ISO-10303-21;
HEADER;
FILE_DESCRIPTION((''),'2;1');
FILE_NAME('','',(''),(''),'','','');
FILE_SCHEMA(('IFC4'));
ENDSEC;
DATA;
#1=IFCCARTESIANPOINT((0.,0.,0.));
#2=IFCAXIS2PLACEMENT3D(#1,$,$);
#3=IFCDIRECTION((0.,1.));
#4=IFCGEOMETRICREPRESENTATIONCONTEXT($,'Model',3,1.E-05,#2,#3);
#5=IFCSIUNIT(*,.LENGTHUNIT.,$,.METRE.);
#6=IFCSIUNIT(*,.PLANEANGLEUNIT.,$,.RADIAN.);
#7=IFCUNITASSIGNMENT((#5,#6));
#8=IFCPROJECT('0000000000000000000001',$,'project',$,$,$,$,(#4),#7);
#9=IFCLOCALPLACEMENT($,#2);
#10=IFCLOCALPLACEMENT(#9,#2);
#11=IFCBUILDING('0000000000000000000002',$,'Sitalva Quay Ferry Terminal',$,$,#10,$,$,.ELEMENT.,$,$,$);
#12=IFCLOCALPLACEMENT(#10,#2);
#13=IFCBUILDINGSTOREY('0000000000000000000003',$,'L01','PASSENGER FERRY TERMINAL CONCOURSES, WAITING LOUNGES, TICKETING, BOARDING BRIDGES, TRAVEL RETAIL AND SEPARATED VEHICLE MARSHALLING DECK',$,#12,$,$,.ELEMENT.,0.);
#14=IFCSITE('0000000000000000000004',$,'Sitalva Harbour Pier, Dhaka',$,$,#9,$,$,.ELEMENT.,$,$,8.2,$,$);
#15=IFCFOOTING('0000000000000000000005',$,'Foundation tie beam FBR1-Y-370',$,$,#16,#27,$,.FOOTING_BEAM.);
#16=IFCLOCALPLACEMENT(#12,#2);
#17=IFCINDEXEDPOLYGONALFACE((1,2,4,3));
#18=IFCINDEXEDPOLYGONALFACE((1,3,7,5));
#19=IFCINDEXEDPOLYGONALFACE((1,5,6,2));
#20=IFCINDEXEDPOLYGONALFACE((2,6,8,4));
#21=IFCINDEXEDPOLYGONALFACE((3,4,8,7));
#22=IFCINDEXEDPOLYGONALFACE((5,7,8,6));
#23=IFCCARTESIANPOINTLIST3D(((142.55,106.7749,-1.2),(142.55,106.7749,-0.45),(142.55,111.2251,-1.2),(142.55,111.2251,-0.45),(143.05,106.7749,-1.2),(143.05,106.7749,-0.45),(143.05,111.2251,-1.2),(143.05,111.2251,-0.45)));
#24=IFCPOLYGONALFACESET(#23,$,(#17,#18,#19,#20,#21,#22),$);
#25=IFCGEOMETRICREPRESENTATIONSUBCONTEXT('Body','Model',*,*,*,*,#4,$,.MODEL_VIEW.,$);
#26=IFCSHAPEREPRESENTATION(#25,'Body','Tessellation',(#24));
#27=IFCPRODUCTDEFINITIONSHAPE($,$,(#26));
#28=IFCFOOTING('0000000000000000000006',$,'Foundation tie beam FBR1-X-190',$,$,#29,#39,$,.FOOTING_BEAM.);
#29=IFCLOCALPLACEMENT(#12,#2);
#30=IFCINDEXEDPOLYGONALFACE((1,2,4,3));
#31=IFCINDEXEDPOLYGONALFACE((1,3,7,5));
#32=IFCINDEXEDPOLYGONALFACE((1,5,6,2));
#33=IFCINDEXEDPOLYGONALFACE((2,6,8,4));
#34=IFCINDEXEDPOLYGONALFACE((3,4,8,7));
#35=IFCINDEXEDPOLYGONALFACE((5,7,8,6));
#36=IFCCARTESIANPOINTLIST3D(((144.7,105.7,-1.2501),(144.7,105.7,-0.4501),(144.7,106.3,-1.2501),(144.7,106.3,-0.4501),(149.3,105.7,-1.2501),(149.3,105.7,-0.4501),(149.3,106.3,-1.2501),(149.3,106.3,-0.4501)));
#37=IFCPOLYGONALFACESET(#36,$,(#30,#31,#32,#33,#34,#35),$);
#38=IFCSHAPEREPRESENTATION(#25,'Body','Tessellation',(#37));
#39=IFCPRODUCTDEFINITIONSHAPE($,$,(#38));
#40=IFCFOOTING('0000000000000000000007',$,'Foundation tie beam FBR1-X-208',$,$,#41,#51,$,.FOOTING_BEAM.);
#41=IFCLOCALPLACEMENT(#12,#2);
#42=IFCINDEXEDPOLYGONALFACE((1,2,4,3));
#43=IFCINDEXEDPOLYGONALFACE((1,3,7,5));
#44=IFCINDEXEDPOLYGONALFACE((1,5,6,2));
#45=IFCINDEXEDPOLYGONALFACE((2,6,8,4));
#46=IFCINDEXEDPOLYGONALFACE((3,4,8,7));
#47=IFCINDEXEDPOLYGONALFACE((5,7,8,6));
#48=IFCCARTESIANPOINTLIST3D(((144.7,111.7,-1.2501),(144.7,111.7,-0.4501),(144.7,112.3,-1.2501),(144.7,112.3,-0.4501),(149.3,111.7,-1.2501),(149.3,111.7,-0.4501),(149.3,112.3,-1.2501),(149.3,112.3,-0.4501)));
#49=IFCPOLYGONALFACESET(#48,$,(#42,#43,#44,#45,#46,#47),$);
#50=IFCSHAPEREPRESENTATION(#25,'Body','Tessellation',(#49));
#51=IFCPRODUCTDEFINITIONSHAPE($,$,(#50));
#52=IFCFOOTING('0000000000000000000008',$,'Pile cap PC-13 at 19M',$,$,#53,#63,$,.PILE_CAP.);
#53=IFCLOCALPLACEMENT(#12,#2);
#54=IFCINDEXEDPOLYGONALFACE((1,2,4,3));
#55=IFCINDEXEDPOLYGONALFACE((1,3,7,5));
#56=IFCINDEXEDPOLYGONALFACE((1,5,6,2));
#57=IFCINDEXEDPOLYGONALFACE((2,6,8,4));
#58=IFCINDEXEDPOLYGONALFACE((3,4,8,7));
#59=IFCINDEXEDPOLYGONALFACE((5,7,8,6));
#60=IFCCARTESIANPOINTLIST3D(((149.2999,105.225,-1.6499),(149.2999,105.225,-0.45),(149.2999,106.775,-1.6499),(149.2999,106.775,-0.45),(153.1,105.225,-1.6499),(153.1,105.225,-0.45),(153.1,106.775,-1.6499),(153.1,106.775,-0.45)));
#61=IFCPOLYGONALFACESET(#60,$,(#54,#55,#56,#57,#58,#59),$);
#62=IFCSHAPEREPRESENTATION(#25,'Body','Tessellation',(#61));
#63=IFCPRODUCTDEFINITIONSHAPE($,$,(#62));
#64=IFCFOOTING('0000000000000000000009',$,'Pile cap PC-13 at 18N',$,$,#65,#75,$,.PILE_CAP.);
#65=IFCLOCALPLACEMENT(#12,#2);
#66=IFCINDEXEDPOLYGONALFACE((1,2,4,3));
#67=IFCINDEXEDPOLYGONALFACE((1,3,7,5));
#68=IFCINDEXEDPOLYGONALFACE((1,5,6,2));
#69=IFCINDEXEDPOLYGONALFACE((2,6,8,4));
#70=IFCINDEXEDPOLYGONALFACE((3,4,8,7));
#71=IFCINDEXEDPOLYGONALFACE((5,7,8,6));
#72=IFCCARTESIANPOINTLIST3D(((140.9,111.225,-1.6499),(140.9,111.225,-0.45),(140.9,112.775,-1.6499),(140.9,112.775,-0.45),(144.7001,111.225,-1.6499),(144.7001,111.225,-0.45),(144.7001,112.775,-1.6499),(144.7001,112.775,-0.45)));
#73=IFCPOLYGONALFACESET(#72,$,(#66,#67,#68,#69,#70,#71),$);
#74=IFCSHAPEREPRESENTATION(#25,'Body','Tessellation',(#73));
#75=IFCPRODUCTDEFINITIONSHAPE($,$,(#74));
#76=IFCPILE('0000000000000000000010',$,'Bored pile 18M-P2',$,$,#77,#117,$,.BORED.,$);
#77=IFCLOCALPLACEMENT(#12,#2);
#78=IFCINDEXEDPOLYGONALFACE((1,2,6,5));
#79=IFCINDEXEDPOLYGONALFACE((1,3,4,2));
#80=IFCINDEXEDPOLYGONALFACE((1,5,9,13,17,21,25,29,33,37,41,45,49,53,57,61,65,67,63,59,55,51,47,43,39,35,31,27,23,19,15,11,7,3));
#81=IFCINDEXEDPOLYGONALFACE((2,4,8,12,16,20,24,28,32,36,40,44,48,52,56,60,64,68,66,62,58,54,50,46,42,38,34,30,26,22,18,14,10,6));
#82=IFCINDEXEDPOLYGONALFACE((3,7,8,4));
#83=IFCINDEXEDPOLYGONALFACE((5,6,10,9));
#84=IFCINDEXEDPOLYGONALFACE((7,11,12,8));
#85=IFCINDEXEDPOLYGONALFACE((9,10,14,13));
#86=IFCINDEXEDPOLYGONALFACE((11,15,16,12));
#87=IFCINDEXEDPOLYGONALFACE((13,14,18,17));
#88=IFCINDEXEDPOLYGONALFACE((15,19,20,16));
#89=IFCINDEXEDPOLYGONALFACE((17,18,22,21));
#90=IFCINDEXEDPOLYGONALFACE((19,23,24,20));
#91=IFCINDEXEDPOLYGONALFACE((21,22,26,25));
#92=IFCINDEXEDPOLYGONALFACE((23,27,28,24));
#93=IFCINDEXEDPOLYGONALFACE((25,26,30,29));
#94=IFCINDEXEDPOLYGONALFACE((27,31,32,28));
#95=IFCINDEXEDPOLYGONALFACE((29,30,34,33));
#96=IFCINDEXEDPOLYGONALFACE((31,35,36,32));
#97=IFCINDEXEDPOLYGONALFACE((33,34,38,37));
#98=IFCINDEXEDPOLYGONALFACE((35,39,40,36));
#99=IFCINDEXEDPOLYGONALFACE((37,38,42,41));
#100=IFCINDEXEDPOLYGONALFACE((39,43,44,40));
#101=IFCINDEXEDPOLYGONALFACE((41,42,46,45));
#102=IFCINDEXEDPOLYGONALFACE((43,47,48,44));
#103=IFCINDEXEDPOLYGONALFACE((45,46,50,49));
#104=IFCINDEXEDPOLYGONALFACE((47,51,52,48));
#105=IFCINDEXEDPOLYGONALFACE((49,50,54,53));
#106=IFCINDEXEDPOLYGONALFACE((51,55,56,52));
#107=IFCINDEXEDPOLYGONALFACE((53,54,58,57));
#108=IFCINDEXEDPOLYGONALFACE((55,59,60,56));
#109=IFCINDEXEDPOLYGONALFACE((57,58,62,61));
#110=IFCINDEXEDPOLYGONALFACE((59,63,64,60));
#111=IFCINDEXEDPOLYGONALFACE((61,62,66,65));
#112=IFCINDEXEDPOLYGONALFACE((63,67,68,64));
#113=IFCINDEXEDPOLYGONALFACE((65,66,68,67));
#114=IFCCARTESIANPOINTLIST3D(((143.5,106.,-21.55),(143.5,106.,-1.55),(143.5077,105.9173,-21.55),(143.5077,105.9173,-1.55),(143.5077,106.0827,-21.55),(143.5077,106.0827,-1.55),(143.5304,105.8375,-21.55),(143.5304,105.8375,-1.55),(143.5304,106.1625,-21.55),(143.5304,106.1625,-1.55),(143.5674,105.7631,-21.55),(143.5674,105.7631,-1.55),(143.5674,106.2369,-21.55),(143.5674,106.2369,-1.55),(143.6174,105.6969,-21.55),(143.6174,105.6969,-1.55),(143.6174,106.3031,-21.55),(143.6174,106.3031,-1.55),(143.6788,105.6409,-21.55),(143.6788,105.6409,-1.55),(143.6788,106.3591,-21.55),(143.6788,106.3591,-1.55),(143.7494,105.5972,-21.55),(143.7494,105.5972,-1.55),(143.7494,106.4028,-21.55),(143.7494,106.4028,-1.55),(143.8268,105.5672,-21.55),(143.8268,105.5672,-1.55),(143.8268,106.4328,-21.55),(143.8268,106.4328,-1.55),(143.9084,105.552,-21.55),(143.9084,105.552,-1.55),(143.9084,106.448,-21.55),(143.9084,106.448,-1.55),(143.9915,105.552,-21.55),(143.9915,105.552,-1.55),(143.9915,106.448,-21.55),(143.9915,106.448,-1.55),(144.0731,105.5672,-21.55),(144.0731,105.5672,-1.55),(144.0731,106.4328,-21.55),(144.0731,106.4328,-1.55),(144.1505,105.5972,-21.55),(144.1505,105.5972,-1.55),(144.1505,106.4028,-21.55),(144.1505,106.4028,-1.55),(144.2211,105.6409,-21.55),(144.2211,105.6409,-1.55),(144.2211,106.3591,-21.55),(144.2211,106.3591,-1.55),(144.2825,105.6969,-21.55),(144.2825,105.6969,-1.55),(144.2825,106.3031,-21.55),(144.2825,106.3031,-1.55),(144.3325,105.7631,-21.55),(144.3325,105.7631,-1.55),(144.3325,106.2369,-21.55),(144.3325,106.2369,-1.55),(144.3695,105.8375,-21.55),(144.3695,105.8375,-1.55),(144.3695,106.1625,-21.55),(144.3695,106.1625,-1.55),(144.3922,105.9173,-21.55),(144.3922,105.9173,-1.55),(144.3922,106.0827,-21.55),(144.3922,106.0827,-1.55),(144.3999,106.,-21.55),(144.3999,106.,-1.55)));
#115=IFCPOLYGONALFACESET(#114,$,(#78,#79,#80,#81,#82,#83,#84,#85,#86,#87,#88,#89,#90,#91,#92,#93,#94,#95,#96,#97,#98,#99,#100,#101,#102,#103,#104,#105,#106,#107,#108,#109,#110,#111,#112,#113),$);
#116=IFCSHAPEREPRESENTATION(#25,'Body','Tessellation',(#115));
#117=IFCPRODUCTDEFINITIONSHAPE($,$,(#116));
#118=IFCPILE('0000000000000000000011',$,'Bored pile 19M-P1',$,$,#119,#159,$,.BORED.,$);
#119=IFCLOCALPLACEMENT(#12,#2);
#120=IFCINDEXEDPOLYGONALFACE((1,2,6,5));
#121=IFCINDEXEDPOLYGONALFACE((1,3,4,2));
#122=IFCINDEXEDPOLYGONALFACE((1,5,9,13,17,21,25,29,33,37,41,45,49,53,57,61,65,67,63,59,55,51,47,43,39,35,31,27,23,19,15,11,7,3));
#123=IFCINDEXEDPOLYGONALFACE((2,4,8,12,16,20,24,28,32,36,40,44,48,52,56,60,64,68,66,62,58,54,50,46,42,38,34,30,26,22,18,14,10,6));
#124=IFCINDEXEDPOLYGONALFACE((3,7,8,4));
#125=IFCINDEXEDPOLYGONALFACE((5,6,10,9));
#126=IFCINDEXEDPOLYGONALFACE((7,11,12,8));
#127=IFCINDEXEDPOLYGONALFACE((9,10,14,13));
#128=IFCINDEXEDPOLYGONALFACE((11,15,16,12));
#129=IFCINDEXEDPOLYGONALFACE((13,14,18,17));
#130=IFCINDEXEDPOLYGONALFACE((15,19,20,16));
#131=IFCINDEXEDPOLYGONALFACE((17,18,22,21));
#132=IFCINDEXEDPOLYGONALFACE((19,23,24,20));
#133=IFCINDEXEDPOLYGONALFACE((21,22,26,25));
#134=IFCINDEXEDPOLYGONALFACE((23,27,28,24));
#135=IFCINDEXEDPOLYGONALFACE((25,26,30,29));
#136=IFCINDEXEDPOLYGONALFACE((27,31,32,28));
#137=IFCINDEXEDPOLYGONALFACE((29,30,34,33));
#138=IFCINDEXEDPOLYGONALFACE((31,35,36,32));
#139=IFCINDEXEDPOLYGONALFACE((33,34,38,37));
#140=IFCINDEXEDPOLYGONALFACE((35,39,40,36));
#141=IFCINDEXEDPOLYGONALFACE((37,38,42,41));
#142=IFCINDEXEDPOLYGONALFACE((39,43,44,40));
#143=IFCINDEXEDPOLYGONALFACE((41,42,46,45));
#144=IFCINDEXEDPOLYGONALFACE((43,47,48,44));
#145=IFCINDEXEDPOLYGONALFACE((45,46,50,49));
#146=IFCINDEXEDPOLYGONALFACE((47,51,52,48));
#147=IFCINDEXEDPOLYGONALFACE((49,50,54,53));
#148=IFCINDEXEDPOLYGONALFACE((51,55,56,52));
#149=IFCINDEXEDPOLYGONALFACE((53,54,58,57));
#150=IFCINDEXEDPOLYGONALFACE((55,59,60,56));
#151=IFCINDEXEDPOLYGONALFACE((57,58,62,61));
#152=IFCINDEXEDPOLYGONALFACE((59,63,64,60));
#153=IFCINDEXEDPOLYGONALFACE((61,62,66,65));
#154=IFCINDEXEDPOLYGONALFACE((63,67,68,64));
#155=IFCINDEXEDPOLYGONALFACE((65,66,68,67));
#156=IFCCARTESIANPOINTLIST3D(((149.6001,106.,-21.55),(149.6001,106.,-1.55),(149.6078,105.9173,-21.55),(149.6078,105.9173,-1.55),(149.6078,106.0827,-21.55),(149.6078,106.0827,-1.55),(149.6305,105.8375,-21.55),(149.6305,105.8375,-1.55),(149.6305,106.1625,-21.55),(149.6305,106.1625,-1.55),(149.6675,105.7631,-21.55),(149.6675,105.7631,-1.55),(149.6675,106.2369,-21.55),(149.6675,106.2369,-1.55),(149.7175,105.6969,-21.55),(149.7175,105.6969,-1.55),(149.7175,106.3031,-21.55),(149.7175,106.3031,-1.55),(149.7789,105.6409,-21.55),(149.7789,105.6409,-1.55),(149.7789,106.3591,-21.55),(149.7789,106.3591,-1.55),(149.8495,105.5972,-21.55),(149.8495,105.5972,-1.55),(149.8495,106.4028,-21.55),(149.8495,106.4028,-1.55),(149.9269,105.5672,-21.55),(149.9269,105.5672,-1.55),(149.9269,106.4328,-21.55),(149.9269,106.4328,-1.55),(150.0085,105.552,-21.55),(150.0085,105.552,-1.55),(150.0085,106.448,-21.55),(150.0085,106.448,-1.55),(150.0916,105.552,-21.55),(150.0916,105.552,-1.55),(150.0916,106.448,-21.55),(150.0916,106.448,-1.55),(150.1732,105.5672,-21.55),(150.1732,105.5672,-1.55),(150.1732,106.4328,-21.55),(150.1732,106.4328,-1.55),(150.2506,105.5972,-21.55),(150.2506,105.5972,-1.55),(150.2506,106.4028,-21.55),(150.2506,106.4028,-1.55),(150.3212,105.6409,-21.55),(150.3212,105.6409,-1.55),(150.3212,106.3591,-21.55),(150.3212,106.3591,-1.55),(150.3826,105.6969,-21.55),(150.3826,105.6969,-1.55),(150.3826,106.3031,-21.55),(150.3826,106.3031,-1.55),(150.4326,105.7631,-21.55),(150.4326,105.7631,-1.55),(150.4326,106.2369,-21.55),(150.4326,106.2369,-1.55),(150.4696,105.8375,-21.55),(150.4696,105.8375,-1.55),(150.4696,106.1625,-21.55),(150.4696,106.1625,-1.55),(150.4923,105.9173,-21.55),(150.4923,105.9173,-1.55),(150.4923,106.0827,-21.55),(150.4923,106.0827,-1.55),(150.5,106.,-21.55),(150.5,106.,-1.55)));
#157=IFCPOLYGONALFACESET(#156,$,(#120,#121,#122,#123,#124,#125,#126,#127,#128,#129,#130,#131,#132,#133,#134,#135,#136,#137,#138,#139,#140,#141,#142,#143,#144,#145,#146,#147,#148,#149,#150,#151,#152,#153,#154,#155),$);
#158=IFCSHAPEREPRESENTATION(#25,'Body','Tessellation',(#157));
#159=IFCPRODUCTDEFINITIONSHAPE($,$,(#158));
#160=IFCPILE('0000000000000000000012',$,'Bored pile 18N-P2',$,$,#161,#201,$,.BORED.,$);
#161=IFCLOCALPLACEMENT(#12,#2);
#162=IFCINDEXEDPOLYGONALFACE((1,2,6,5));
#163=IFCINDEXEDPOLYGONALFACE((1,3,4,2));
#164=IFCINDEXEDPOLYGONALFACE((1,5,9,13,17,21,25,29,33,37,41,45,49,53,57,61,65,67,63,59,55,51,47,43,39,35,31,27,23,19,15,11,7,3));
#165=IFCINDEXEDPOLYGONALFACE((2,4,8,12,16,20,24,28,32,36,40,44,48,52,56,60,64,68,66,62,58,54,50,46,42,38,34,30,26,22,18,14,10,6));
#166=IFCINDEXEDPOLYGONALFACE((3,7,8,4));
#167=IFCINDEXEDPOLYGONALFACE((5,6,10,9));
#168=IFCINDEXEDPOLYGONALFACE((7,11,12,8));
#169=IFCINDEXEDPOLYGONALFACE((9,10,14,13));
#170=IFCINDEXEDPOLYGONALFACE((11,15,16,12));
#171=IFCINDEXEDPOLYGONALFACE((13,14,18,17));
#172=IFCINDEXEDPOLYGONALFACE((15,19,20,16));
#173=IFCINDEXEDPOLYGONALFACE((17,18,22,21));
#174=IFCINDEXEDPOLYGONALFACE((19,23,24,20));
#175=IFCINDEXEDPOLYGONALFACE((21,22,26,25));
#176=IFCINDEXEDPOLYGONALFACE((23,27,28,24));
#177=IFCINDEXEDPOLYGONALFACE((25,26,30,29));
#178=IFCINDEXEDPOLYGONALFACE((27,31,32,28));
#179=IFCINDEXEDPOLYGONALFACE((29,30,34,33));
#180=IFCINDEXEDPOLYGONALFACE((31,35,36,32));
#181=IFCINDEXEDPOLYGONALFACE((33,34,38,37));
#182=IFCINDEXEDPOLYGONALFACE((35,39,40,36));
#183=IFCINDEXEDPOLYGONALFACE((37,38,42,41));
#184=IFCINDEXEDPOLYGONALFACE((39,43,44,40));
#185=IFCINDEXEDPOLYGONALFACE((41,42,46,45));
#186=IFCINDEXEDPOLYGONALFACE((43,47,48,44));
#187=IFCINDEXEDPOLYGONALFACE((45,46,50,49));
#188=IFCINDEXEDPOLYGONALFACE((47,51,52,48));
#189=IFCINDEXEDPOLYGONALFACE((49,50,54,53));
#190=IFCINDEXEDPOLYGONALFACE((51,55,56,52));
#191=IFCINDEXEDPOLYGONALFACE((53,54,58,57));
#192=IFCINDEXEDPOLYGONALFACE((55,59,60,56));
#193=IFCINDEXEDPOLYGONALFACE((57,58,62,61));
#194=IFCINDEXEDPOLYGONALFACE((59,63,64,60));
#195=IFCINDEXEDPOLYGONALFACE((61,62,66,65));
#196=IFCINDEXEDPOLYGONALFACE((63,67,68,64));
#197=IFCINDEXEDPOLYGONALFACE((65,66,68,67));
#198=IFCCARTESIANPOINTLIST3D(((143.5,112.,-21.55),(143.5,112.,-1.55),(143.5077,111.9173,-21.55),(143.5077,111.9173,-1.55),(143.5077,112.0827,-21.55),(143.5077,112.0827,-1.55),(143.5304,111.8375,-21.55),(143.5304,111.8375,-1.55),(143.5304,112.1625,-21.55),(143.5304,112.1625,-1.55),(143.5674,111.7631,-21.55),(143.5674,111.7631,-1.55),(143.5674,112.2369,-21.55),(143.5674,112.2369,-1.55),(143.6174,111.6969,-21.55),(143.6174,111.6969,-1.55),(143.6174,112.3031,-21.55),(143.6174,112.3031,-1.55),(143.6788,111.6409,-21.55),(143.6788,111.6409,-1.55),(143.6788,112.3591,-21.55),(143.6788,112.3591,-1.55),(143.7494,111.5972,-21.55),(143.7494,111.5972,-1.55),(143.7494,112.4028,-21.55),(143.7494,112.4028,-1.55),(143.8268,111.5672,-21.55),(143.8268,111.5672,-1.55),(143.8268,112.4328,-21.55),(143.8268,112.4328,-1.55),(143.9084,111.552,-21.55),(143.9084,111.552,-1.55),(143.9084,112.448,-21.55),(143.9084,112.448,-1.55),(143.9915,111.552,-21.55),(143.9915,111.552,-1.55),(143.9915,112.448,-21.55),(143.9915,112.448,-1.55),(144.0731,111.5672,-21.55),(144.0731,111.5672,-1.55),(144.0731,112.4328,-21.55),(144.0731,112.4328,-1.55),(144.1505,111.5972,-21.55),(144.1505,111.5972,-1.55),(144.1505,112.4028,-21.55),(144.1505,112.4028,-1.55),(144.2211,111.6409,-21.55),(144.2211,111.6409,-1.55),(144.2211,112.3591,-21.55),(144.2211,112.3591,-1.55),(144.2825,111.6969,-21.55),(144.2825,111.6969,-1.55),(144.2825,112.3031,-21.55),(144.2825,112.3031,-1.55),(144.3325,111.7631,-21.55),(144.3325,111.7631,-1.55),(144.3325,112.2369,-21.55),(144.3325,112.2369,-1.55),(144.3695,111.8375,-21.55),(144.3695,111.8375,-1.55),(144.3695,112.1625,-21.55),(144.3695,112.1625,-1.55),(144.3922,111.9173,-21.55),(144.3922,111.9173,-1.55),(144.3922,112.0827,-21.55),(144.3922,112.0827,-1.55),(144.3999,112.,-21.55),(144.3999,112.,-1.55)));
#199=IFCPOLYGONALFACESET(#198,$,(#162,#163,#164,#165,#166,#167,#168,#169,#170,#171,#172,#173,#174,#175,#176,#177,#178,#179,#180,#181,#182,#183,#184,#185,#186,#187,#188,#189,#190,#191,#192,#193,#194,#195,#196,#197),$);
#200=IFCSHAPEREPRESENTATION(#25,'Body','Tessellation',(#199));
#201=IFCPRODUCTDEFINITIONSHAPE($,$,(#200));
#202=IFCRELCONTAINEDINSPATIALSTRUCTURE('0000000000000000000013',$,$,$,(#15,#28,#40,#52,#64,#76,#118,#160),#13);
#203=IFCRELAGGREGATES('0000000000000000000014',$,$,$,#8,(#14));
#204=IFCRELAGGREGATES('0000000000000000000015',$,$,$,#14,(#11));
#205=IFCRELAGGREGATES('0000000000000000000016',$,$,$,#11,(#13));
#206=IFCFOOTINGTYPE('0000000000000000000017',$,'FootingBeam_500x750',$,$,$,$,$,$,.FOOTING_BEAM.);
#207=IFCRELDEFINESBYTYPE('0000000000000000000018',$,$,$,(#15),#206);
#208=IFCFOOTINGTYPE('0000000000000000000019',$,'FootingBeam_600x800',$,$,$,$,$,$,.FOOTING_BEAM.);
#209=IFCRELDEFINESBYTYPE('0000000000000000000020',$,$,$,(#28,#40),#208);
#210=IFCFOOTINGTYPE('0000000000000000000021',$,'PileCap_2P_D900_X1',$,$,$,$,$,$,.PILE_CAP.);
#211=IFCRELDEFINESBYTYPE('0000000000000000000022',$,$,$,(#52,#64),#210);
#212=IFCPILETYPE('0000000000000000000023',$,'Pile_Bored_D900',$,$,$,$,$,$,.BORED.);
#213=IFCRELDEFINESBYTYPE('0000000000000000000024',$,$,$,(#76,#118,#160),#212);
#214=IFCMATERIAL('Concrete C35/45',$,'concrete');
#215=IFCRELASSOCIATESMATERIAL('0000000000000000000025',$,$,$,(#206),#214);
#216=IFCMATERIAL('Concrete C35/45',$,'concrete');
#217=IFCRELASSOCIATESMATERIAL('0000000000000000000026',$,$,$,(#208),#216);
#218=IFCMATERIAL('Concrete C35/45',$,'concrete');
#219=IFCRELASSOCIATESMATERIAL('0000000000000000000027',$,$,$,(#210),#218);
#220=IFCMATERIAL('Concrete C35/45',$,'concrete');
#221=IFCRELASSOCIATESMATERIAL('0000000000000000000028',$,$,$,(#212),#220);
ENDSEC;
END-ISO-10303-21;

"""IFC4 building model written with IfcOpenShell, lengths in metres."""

from ifc_helpers import new_model, si_unit, direction, frame, origin, origin_2d, place, context, subcontext, project, spatial, rectangle, circle, extrude, material, material_profile, profile_set, type_object, element, save


model = new_model("IFC4")

# Units and contexts
model_context = context("Model", 3, precision=1e-05, world=origin(), true_north=direction((0.0, 1.0)))
body_context = subcontext(model_context, "Body", "Model", "MODEL_VIEW")
ifc_project = project(units=[si_unit("LENGTHUNIT", "METRE"), si_unit("PLANEANGLEUNIT", "RADIAN")], contexts=[model_context])

# Site, building, storey
site_placement = place(None, origin())
site = spatial("IfcSite", under=ifc_project, at=site_placement, Name="Sitalva Harbour Pier, Dhaka", CompositionType="ELEMENT", RefElevation=8.2)
building_placement = place(site_placement, origin())
building = spatial("IfcBuilding", under=site, at=building_placement, Name="Sitalva Quay Ferry Terminal", CompositionType="ELEMENT")
storey_placement = place(building_placement, origin())
storey = spatial("IfcBuildingStorey", under=building, at=storey_placement, Name="L01", Description="PASSENGER FERRY TERMINAL CONCOURSES, WAITING LOUNGES, TICKETING, BOARDING BRIDGES, TRAVEL RETAIL AND SEPARATED VEHICLE MARSHALLING DECK", CompositionType="ELEMENT", Elevation=0.0)

# Footings
ifc_material_1 = material(Name="Concrete C35/45", Category="concrete")
ifc_material_profile_1 = material_profile(ifc_material_1, rectangle(XDim=0.5, YDim=0.75, at=origin_2d()), Name="RC500x750")
ifc_profile_set_1 = profile_set([ifc_material_profile_1], Name="Concrete C35/45")
footing_type_1 = type_object("IfcFootingType", Name="FootingBeam_500x750", PredefinedType="FOOTING_BEAM", material=ifc_profile_set_1)
footing_placement = place(storey_placement, frame((142.8, 106.7749, -0.825), z_axis=(0.0, 1.0, 0.0), x_axis=(-1.0, 0.0, 0.0)))
element("IfcFooting", 1, at=footing_placement, inside=storey, type_object=footing_type_1, Name="Foundation tie beam FBR1-Y-370", PredefinedType="FOOTING_BEAM", context=body_context, shape_type="SweptSolid", body=[
    extrude(rectangle(XDim=0.5, YDim=0.75, at=origin_2d()), origin(), (0.0, 0.0, 1.0), 4.4502),
])
ifc_material_2 = material(Name="Concrete C35/45", Category="concrete")
ifc_material_profile_2 = material_profile(ifc_material_2, rectangle(XDim=0.6001, YDim=0.8, at=origin_2d()), Name="RC600x800")
ifc_profile_set_2 = profile_set([ifc_material_profile_2], Name="Concrete C35/45")
footing_type_2 = type_object("IfcFootingType", Name="FootingBeam_600x800", PredefinedType="FOOTING_BEAM", material=ifc_profile_set_2)
for number, where, z_axis, x_axis, name in (
    (2, (144.7, 106.0, -0.8501), (1.0, 0.0, 0.0), (0.0, 1.0, 0.0), "Foundation tie beam FBR1-X-190"),
    (3, (144.7, 112.0, -0.8501), (1.0, 0.0, 0.0), (0.0, 1.0, 0.0), "Foundation tie beam FBR1-X-208"),
):
    element("IfcFooting", number, at=place(storey_placement, frame(where, z_axis=z_axis, x_axis=x_axis)), inside=storey, type_object=footing_type_2, Name=name, PredefinedType="FOOTING_BEAM", context=body_context, shape_type="SweptSolid", body=[
        extrude(rectangle(XDim=0.6001, YDim=0.8, at=origin_2d()), origin(), (0.0, 0.0, 1.0), 4.6001),
    ])
ifc_material_3 = material(Name="Concrete C35/45", Category="concrete")
footing_type_3 = type_object("IfcFootingType", Name="PileCap_2P_D900_X1", PredefinedType="PILE_CAP", material=ifc_material_3)
for number, where, z_axis, x_axis, name in (
    (4, (151.2, 106.0, -1.6499), (0.0, 0.0, 1.0), (1.0, 0.0, 0.0), "Pile cap PC-13 at 19M"),
    (5, (142.8, 112.0, -1.6499), (0.0, 0.0, 1.0), (1.0, 0.0, 0.0), "Pile cap PC-13 at 18N"),
):
    element("IfcFooting", number, at=place(storey_placement, frame(where, z_axis=z_axis, x_axis=x_axis)), inside=storey, type_object=footing_type_3, Name=name, PredefinedType="PILE_CAP", context=body_context, shape_type="SweptSolid", body=[
        extrude(rectangle(XDim=3.8, YDim=1.55, at=origin_2d()), origin(), (0.0, 0.0, 1.0), 1.2),
    ])

# Piles
ifc_material_4 = material(Name="Concrete C35/45", Category="concrete")
ifc_material_profile_3 = material_profile(ifc_material_4, circle(Radius=0.45, at=origin_2d()), Name="PILE-D900")
ifc_profile_set_3 = profile_set([ifc_material_profile_3], Name="Concrete C35/45")
pile_type = type_object("IfcPileType", Name="Pile_Bored_D900", PredefinedType="BORED", material=ifc_profile_set_3)
for number, where, z_axis, x_axis, name in (
    (6, (143.95, 106.0, -1.55), (0.0, 0.0, -1.0), (1.0, 0.0, 0.0), "Bored pile 18M-P2"),
    (7, (150.05, 106.0, -1.55), (0.0, 0.0, -1.0), (1.0, 0.0, 0.0), "Bored pile 19M-P1"),
    (8, (143.95, 112.0, -1.55), (0.0, 0.0, -1.0), (1.0, 0.0, 0.0), "Bored pile 18N-P2"),
):
    element("IfcPile", number, at=place(storey_placement, frame(where, z_axis=z_axis, x_axis=x_axis)), inside=storey, type_object=pile_type, Name=name, PredefinedType="BORED", context=body_context, shape_type="SweptSolid", body=[
        extrude(circle(Radius=0.45, at=origin_2d()), origin(), (0.0, 0.0, 1.0), 20.0),
    ])

save(model, "model.ifc")
